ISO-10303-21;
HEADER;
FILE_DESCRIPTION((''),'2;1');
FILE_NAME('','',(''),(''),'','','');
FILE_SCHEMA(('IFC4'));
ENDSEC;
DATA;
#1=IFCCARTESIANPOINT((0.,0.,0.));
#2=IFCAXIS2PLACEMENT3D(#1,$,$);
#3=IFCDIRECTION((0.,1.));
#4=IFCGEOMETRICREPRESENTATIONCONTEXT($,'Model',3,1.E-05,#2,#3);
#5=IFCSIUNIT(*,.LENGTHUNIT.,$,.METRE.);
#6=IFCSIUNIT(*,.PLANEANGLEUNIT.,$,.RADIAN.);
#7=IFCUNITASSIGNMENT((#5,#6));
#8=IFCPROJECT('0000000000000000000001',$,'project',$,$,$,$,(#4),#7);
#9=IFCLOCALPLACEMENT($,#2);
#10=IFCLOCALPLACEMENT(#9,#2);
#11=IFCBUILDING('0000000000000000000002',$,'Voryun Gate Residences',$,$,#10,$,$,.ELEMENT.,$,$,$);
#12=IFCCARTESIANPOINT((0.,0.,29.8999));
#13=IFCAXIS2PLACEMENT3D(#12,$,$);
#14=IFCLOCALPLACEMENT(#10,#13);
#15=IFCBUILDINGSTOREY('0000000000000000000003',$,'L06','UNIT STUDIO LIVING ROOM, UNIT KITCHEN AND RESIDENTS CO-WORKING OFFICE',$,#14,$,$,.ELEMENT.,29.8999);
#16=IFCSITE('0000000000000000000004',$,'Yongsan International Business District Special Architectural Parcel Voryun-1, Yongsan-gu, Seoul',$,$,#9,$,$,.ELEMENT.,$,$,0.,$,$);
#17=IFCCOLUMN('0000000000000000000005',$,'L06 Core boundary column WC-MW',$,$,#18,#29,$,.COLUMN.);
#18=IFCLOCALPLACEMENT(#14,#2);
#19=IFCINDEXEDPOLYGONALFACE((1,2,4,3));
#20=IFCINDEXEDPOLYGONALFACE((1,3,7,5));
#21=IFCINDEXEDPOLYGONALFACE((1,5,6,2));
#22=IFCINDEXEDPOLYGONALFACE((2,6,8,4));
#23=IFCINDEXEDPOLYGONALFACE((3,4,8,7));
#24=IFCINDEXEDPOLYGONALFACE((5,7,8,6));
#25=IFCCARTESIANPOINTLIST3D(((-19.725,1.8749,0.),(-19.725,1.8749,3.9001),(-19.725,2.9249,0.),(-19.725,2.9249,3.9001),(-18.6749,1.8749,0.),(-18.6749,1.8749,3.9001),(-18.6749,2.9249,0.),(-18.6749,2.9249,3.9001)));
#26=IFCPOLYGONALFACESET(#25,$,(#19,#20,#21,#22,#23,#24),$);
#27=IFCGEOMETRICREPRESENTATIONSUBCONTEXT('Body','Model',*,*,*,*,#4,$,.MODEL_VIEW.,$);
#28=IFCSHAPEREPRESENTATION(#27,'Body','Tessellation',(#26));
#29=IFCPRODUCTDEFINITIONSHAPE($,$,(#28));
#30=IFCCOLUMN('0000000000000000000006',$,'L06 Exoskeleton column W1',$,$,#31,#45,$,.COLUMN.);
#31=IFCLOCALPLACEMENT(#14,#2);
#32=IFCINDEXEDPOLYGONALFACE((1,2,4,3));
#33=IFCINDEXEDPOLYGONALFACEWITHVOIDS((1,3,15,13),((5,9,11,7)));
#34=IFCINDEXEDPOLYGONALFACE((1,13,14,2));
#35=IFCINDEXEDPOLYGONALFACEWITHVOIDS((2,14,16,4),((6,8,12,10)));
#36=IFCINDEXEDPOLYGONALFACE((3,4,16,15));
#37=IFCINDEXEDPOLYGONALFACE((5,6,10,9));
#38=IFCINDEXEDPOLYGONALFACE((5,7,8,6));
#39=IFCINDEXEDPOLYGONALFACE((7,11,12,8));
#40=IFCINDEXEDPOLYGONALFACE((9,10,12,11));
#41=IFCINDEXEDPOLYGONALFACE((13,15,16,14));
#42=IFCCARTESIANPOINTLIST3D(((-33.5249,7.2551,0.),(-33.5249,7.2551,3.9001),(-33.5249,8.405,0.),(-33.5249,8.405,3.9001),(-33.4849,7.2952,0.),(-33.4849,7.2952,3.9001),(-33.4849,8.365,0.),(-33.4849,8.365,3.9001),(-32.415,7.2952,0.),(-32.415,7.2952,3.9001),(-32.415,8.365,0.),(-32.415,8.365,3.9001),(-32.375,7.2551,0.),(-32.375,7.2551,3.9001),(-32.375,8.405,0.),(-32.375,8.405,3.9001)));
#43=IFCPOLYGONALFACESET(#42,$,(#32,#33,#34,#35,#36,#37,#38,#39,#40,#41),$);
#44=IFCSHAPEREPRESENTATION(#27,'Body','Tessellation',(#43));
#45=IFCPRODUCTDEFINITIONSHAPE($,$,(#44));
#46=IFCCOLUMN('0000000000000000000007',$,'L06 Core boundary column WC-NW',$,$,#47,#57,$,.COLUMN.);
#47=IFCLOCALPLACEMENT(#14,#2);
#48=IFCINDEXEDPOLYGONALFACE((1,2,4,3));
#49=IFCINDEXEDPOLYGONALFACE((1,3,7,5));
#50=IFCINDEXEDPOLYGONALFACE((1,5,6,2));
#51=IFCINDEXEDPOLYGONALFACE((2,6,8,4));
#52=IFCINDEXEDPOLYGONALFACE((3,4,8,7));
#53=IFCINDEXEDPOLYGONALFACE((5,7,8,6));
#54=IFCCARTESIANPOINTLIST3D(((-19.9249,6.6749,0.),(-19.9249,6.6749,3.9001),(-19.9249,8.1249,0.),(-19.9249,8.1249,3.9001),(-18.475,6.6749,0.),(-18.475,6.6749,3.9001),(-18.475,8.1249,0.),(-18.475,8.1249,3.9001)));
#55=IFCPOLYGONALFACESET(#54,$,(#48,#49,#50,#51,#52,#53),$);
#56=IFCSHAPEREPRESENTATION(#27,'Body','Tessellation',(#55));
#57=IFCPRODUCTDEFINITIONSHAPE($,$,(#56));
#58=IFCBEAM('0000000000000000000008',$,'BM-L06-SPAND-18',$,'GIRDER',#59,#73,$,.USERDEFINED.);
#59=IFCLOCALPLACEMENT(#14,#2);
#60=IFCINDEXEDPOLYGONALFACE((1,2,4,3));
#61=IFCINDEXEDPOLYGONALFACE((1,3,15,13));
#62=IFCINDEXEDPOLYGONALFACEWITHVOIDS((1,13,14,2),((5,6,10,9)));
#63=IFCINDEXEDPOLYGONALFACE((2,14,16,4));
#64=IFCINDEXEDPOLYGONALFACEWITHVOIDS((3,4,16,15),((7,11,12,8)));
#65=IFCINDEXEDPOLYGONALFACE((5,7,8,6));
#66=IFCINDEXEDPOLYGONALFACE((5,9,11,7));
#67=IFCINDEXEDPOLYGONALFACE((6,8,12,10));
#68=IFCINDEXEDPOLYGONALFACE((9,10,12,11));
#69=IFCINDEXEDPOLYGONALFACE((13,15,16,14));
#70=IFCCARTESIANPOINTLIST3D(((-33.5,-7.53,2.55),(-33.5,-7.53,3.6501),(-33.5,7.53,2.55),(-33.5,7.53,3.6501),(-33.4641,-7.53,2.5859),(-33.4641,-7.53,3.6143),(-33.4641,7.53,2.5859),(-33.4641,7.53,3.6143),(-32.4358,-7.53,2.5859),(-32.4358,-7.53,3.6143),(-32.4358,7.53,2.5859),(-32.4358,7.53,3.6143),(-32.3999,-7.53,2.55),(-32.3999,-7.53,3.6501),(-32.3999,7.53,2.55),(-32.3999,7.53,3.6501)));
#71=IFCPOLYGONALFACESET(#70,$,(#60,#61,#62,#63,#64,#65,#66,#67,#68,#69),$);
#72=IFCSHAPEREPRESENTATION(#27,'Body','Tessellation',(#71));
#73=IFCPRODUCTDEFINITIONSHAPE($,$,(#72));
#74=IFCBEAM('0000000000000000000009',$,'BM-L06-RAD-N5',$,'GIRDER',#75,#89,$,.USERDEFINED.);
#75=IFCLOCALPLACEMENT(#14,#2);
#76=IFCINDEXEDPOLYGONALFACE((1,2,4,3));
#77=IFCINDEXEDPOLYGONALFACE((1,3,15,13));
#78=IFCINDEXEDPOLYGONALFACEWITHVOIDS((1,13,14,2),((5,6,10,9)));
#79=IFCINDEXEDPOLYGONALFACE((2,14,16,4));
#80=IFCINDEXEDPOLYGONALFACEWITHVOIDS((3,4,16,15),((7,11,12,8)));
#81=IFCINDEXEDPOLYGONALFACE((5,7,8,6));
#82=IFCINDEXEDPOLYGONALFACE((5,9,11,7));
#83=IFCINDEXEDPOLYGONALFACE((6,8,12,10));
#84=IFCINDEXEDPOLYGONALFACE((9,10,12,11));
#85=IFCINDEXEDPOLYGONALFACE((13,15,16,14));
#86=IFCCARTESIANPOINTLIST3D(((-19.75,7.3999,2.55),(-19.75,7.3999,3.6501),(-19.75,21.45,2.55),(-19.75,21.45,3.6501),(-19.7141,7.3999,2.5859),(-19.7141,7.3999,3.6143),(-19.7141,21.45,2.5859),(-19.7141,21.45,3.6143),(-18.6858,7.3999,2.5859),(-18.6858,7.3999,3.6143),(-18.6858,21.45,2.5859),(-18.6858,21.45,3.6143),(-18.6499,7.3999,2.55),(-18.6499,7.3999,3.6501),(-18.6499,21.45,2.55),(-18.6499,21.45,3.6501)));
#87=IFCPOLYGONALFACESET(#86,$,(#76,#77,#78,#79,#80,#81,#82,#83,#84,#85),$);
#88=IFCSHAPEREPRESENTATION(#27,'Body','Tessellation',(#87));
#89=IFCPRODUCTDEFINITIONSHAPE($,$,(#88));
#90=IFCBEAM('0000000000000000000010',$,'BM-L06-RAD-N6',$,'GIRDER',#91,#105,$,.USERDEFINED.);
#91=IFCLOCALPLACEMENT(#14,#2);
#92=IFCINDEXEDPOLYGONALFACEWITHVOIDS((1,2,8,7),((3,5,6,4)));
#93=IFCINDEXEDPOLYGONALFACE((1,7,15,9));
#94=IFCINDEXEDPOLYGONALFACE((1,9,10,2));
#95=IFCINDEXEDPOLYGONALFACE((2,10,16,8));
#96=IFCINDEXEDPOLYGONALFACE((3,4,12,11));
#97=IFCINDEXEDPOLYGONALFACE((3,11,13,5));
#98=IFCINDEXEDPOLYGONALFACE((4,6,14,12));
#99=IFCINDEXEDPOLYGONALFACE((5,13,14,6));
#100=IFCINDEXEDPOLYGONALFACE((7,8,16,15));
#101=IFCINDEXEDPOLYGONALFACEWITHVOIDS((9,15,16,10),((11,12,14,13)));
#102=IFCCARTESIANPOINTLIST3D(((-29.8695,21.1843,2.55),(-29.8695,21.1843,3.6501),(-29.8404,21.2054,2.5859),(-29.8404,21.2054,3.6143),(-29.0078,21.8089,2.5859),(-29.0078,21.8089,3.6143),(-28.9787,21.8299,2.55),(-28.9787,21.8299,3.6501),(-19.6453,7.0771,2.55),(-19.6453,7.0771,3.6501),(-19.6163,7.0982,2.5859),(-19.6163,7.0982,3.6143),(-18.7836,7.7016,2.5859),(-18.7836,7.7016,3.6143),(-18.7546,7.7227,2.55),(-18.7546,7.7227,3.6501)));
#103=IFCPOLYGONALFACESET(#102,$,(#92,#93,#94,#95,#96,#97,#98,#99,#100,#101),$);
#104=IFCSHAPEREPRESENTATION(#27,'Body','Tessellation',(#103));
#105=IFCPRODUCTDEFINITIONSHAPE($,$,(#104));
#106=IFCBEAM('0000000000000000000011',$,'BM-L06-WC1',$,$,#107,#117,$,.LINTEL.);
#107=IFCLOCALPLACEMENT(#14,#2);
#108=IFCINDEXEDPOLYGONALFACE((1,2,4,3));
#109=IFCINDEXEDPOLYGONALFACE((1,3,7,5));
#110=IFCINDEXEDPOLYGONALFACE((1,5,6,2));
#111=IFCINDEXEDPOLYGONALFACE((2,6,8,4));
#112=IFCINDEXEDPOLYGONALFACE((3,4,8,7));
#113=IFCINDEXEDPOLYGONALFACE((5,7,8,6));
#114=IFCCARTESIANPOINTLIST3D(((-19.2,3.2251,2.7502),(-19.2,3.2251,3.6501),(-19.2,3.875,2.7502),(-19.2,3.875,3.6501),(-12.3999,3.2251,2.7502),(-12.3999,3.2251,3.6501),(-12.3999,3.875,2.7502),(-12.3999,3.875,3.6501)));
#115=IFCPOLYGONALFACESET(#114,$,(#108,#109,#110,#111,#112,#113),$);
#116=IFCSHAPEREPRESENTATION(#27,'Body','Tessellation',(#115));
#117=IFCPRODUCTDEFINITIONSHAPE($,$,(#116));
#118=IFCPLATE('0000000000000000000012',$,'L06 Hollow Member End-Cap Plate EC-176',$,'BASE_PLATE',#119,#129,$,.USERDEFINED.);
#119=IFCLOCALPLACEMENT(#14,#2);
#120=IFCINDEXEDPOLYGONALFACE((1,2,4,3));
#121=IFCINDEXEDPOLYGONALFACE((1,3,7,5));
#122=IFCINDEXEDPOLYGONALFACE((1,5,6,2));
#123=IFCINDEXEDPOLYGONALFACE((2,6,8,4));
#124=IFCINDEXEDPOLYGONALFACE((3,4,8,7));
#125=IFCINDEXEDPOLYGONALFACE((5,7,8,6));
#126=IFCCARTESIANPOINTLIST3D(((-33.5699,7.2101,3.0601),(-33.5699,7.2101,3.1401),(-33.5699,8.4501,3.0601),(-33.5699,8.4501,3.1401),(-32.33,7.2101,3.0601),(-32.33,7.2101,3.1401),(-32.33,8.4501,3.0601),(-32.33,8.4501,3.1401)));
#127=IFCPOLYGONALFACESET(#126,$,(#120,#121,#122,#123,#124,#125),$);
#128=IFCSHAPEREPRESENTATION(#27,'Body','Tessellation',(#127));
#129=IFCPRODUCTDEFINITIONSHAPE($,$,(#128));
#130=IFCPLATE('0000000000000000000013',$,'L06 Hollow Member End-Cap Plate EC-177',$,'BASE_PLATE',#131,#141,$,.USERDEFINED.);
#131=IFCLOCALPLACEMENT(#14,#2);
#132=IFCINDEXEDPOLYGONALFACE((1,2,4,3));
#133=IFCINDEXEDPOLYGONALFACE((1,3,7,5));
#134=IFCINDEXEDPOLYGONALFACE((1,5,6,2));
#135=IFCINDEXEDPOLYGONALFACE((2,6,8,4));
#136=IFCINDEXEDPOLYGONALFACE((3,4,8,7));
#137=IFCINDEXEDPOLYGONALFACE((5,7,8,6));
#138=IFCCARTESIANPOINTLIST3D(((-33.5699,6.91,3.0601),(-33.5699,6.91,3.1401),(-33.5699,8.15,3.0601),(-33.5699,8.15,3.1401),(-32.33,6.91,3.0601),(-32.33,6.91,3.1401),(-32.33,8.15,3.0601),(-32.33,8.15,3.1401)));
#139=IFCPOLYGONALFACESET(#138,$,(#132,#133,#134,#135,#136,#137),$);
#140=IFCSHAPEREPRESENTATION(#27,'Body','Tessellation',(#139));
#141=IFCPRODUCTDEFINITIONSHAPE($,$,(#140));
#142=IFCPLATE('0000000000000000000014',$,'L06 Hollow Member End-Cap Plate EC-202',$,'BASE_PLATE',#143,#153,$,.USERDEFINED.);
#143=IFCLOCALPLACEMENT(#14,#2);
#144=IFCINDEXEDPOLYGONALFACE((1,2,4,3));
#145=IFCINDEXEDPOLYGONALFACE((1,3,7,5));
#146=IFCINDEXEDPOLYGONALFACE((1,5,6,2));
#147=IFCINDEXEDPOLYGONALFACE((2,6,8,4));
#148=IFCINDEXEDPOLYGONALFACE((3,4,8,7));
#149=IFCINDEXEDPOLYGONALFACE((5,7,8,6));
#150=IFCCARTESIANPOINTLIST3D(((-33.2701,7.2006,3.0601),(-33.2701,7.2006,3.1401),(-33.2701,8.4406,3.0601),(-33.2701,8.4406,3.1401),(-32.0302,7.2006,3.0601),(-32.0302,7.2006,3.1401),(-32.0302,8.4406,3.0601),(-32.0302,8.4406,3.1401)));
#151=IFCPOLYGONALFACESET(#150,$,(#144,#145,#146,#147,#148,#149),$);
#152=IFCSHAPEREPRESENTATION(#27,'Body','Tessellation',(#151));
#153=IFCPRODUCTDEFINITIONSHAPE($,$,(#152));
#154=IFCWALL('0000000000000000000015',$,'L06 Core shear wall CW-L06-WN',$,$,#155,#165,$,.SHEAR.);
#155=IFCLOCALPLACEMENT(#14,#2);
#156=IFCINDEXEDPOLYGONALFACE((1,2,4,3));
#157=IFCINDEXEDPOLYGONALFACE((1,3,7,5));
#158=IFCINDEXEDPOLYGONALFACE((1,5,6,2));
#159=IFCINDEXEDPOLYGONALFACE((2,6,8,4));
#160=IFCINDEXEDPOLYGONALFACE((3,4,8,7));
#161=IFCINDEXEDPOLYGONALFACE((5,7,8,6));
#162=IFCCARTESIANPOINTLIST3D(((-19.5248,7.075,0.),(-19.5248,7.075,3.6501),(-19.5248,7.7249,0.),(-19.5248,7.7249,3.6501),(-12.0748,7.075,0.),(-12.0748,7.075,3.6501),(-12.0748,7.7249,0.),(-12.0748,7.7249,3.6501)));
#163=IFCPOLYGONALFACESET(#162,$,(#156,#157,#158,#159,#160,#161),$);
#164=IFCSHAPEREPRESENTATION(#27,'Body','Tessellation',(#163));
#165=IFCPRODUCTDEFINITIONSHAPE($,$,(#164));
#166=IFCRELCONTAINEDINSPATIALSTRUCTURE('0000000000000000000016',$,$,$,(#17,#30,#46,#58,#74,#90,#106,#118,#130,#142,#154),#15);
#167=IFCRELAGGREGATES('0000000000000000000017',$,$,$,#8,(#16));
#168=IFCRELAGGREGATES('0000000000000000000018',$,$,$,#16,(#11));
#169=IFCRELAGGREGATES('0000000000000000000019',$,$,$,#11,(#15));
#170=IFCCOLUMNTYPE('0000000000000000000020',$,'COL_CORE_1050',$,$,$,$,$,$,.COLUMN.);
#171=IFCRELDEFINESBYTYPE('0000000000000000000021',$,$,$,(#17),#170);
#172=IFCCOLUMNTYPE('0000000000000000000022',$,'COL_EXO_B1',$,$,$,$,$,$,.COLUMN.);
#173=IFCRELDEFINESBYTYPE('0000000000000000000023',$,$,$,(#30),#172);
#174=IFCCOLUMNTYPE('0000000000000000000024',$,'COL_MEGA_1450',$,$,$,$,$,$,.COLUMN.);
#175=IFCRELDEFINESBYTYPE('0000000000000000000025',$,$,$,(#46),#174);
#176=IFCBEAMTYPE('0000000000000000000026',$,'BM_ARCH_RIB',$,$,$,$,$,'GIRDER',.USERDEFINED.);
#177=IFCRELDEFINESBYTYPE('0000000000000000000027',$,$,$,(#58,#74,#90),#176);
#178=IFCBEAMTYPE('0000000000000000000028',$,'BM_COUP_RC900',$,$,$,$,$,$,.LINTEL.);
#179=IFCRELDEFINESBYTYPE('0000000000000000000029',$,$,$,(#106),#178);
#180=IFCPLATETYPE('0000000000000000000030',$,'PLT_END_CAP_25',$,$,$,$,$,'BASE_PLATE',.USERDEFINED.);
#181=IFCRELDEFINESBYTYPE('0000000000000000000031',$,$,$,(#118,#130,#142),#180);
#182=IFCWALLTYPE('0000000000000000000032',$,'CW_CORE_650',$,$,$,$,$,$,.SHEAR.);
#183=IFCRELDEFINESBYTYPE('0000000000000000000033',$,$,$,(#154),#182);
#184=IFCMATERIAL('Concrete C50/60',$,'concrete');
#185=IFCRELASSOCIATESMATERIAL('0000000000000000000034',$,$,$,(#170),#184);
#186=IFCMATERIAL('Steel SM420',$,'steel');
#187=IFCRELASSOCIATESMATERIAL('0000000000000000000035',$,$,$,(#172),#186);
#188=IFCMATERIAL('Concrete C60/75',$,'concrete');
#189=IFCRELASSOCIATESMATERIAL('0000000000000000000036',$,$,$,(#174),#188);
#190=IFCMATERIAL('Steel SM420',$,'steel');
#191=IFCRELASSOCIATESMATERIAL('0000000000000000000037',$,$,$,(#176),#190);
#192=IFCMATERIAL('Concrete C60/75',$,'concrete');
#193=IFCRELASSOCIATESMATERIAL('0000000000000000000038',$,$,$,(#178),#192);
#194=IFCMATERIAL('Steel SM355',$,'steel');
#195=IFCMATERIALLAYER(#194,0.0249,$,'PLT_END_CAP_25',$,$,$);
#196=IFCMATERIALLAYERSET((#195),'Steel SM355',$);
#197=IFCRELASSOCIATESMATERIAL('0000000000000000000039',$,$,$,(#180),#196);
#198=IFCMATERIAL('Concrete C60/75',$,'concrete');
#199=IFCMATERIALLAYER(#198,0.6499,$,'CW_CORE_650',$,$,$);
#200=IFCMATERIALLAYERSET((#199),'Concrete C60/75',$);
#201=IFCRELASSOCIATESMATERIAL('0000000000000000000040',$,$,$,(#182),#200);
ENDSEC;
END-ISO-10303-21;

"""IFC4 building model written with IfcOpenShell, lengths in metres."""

from ifc_helpers import new_model, si_unit, direction, frame, frame_2d, origin, origin_2d, place, context, subcontext, project, spatial, rectangle, hollow_rectangle, extrude, material, layer, layer_set, material_profile, profile_set, type_object, element, save


model = new_model("IFC4")

# Units and contexts
model_context = context("Model", 3, precision=1e-05, world=origin(), true_north=direction((0.0, 1.0)))
body_context = subcontext(model_context, "Body", "Model", "MODEL_VIEW")
ifc_project = project(units=[si_unit("LENGTHUNIT", "METRE"), si_unit("PLANEANGLEUNIT", "RADIAN")], contexts=[model_context])

# Site, building, storey
site_placement = place(None, origin())
site = spatial("IfcSite", under=ifc_project, at=site_placement, Name="Yongsan International Business District Special Architectural Parcel Voryun-1, Yongsan-gu, Seoul", CompositionType="ELEMENT", RefElevation=0.0)
building_placement = place(site_placement, origin())
building = spatial("IfcBuilding", under=site, at=building_placement, Name="Voryun Gate Residences", CompositionType="ELEMENT")
storey_placement = place(building_placement, frame((0.0, 0.0, 29.8999)))
storey = spatial("IfcBuildingStorey", under=building, at=storey_placement, Name="L06", Description="UNIT STUDIO LIVING ROOM, UNIT KITCHEN AND RESIDENTS CO-WORKING OFFICE", CompositionType="ELEMENT", Elevation=29.8999)

# Columns
ifc_material_1 = material(Name="Concrete C50/60", Category="concrete")
ifc_material_profile_1 = material_profile(ifc_material_1, rectangle(XDim=1.05, YDim=1.05, at=origin_2d()), Name="RC-1050x1050")
ifc_profile_set_1 = profile_set([ifc_material_profile_1], Name="Concrete C50/60")
column_type_1 = type_object("IfcColumnType", Name="COL_CORE_1050", PredefinedType="COLUMN", material=ifc_profile_set_1)
column_1_placement = place(storey_placement, frame((-19.2, 2.3999, 0.0), z_axis=(0.0, 0.0, 1.0), x_axis=(1.0, 0.0, 0.0)))
element("IfcColumn", 1, at=column_1_placement, inside=storey, type_object=column_type_1, Name="L06 Core boundary column WC-MW", PredefinedType="COLUMN", context=body_context, shape_type="SweptSolid", body=[
    extrude(rectangle(XDim=1.05, YDim=1.05, at=origin_2d()), origin(), (0.0, 0.0, 1.0), 3.9001),
])
ifc_material_2 = material(Name="Steel SM420", Category="steel")
ifc_material_profile_2 = material_profile(ifc_material_2, hollow_rectangle(XDim=1.1499, YDim=1.1499, WallThickness=0.04, at=origin_2d()), Name="BOX-1150x1150x40")
ifc_profile_set_2 = profile_set([ifc_material_profile_2], Name="Steel SM420")
column_type_2 = type_object("IfcColumnType", Name="COL_EXO_B1", PredefinedType="COLUMN", material=ifc_profile_set_2)
column_2_placement = place(storey_placement, frame((-32.95, 7.8301, 0.0), z_axis=(0.0, 0.0, 1.0), x_axis=(1.0, 0.0, 0.0)))
element("IfcColumn", 2, at=column_2_placement, inside=storey, type_object=column_type_2, Name="L06 Exoskeleton column W1", PredefinedType="COLUMN", context=body_context, shape_type="SweptSolid", body=[
    extrude(hollow_rectangle(XDim=1.1499, YDim=1.1499, WallThickness=0.04, at=origin_2d()), origin(), (0.0, 0.0, 1.0), 3.9001),
])
ifc_material_3 = material(Name="Concrete C60/75", Category="concrete")
ifc_material_profile_3 = material_profile(ifc_material_3, rectangle(XDim=1.45, YDim=1.45, at=origin_2d()), Name="RC-1450x1450")
ifc_profile_set_3 = profile_set([ifc_material_profile_3], Name="Concrete C60/75")
column_type_3 = type_object("IfcColumnType", Name="COL_MEGA_1450", PredefinedType="COLUMN", material=ifc_profile_set_3)
column_3_placement = place(storey_placement, frame((-19.2, 7.3999, 0.0), z_axis=(0.0, 0.0, 1.0), x_axis=(1.0, 0.0, 0.0)))
element("IfcColumn", 3, at=column_3_placement, inside=storey, type_object=column_type_3, Name="L06 Core boundary column WC-NW", PredefinedType="COLUMN", context=body_context, shape_type="SweptSolid", body=[
    extrude(rectangle(XDim=1.45, YDim=1.45, at=origin_2d()), origin(), (0.0, 0.0, 1.0), 3.9001),
])

# Beams
ifc_material_4 = material(Name="Steel SM420", Category="steel")
ifc_material_profile_4 = material_profile(ifc_material_4, hollow_rectangle(XDim=1.1001, YDim=1.1001, WallThickness=0.0359, at=origin_2d()), Name="BOX-1100x1100x36")
ifc_profile_set_4 = profile_set([ifc_material_profile_4], Name="Steel SM420")
beam_type_1 = type_object("IfcBeamType", Name="BM_ARCH_RIB", ElementType="GIRDER", PredefinedType="USERDEFINED", material=ifc_profile_set_4)
beam_1_placement = place(storey_placement, frame((-32.95, 7.53, 3.1001), z_axis=(0.0, -1.0, 0.0), x_axis=(1.0, 0.0, 0.0)))
element("IfcBeam", 4, at=beam_1_placement, inside=storey, type_object=beam_type_1, Name="BM-L06-SPAND-18", ObjectType="GIRDER", PredefinedType="USERDEFINED", context=body_context, shape_type="SweptSolid", body=[
    extrude(hollow_rectangle(XDim=1.1001, YDim=1.1001, WallThickness=0.0359, at=origin_2d()), origin(), (0.0, 0.0, 1.0), 15.0601),
])
beam_2_placement = place(storey_placement, frame((-19.2, 7.3999, 3.1001), z_axis=(0.0, 1.0, 0.0), x_axis=(-1.0, 0.0, 0.0)))
element("IfcBeam", 5, at=beam_2_placement, inside=storey, type_object=beam_type_1, Name="BM-L06-RAD-N5", ObjectType="GIRDER", PredefinedType="USERDEFINED", context=body_context, shape_type="SweptSolid", body=[
    extrude(hollow_rectangle(XDim=1.1001, YDim=1.1001, WallThickness=0.0359, at=origin_2d()), origin(), (0.0, 0.0, 1.0), 14.05),
])
beam_3_placement = place(storey_placement, frame((-19.2, 7.3999, 3.1001), z_axis=(-0.586833, 0.809708, 0.0), x_axis=(-0.809708, -0.586833, 0.0)))
element("IfcBeam", 6, at=beam_3_placement, inside=storey, type_object=beam_type_1, Name="BM-L06-RAD-N6", ObjectType="GIRDER", PredefinedType="USERDEFINED", context=body_context, shape_type="SweptSolid", body=[
    extrude(hollow_rectangle(XDim=1.1001, YDim=1.1001, WallThickness=0.0359, at=origin_2d()), origin(), (0.0, 0.0, 1.0), 17.4226),
])
ifc_material_5 = material(Name="Concrete C60/75", Category="concrete")
ifc_material_profile_5 = material_profile(ifc_material_5, rectangle(XDim=0.6499, YDim=0.8999, at=origin_2d()), Name="RC-650x900")
ifc_profile_set_5 = profile_set([ifc_material_profile_5], Name="Concrete C60/75")
beam_type_2 = type_object("IfcBeamType", Name="BM_COUP_RC900", PredefinedType="LINTEL", material=ifc_profile_set_5)
beam_4_placement = place(storey_placement, frame((-19.2, 3.55, 3.2002), z_axis=(1.0, 0.0, 0.0), x_axis=(0.0, 1.0, 0.0)))
element("IfcBeam", 7, at=beam_4_placement, inside=storey, type_object=beam_type_2, Name="BM-L06-WC1", PredefinedType="LINTEL", context=body_context, shape_type="SweptSolid", body=[
    extrude(rectangle(XDim=0.6499, YDim=0.8999, at=origin_2d()), origin(), (0.0, 0.0, 1.0), 6.8),
])

# Plates
ifc_material_6 = material(Name="Steel SM355", Category="steel")
ifc_layer_1 = layer(ifc_material_6, 0.0249, Name="PLT_END_CAP_25")
ifc_layer_set_1 = layer_set([ifc_layer_1], Name="Steel SM355")
plate_type = type_object("IfcPlateType", Name="PLT_END_CAP_25", ElementType="BASE_PLATE", PredefinedType="USERDEFINED", material=ifc_layer_set_1)
for number, where, z_axis, x_axis, name in (
    (8, (-32.95, 7.8301, 3.0601), (0.0, 0.0, 1.0), (1.0, 0.0, 0.0), "L06 Hollow Member End-Cap Plate EC-176"),
    (9, (-32.95, 7.53, 3.0601), (0.0, 0.0, 1.0), (1.0, 0.0, 0.0), "L06 Hollow Member End-Cap Plate EC-177"),
    (10, (-32.6501, 7.8206, 3.0601), (0.0, 0.0, 1.0), (1.0, 0.0, 0.0), "L06 Hollow Member End-Cap Plate EC-202"),
):
    element("IfcPlate", number, at=place(storey_placement, frame(where, z_axis=z_axis, x_axis=x_axis)), inside=storey, type_object=plate_type, Name=name, ObjectType="BASE_PLATE", PredefinedType="USERDEFINED", context=body_context, shape_type="SweptSolid", body=[
        extrude(rectangle(XDim=1.24, YDim=1.24, at=origin_2d()), origin(), (0.0, 0.0, 1.0), 0.0801),
    ])

# Wall
ifc_material_7 = material(Name="Concrete C60/75", Category="concrete")
ifc_layer_2 = layer(ifc_material_7, 0.6499, Name="CW_CORE_650")
ifc_layer_set_2 = layer_set([ifc_layer_2], Name="Concrete C60/75")
wall_type_1 = type_object("IfcWallType", Name="CW_CORE_650", PredefinedType="SHEAR", material=ifc_layer_set_2)
wall_1_placement = place(storey_placement, frame((-19.5249, 7.3999, 0.0), z_axis=(0.0, 0.0, 1.0), x_axis=(1.0, 0.0, 0.0)))
element("IfcWall", 11, at=wall_1_placement, inside=storey, type_object=wall_type_1, Name="L06 Core shear wall CW-L06-WN", PredefinedType="SHEAR", context=body_context, shape_type="SweptSolid", body=[
    extrude(rectangle(XDim=7.45, YDim=0.6499, at=frame_2d((3.7251, 0.0))), origin(), (0.0, 0.0, 1.0), 3.6501),
])

save(model, "model.ifc")
